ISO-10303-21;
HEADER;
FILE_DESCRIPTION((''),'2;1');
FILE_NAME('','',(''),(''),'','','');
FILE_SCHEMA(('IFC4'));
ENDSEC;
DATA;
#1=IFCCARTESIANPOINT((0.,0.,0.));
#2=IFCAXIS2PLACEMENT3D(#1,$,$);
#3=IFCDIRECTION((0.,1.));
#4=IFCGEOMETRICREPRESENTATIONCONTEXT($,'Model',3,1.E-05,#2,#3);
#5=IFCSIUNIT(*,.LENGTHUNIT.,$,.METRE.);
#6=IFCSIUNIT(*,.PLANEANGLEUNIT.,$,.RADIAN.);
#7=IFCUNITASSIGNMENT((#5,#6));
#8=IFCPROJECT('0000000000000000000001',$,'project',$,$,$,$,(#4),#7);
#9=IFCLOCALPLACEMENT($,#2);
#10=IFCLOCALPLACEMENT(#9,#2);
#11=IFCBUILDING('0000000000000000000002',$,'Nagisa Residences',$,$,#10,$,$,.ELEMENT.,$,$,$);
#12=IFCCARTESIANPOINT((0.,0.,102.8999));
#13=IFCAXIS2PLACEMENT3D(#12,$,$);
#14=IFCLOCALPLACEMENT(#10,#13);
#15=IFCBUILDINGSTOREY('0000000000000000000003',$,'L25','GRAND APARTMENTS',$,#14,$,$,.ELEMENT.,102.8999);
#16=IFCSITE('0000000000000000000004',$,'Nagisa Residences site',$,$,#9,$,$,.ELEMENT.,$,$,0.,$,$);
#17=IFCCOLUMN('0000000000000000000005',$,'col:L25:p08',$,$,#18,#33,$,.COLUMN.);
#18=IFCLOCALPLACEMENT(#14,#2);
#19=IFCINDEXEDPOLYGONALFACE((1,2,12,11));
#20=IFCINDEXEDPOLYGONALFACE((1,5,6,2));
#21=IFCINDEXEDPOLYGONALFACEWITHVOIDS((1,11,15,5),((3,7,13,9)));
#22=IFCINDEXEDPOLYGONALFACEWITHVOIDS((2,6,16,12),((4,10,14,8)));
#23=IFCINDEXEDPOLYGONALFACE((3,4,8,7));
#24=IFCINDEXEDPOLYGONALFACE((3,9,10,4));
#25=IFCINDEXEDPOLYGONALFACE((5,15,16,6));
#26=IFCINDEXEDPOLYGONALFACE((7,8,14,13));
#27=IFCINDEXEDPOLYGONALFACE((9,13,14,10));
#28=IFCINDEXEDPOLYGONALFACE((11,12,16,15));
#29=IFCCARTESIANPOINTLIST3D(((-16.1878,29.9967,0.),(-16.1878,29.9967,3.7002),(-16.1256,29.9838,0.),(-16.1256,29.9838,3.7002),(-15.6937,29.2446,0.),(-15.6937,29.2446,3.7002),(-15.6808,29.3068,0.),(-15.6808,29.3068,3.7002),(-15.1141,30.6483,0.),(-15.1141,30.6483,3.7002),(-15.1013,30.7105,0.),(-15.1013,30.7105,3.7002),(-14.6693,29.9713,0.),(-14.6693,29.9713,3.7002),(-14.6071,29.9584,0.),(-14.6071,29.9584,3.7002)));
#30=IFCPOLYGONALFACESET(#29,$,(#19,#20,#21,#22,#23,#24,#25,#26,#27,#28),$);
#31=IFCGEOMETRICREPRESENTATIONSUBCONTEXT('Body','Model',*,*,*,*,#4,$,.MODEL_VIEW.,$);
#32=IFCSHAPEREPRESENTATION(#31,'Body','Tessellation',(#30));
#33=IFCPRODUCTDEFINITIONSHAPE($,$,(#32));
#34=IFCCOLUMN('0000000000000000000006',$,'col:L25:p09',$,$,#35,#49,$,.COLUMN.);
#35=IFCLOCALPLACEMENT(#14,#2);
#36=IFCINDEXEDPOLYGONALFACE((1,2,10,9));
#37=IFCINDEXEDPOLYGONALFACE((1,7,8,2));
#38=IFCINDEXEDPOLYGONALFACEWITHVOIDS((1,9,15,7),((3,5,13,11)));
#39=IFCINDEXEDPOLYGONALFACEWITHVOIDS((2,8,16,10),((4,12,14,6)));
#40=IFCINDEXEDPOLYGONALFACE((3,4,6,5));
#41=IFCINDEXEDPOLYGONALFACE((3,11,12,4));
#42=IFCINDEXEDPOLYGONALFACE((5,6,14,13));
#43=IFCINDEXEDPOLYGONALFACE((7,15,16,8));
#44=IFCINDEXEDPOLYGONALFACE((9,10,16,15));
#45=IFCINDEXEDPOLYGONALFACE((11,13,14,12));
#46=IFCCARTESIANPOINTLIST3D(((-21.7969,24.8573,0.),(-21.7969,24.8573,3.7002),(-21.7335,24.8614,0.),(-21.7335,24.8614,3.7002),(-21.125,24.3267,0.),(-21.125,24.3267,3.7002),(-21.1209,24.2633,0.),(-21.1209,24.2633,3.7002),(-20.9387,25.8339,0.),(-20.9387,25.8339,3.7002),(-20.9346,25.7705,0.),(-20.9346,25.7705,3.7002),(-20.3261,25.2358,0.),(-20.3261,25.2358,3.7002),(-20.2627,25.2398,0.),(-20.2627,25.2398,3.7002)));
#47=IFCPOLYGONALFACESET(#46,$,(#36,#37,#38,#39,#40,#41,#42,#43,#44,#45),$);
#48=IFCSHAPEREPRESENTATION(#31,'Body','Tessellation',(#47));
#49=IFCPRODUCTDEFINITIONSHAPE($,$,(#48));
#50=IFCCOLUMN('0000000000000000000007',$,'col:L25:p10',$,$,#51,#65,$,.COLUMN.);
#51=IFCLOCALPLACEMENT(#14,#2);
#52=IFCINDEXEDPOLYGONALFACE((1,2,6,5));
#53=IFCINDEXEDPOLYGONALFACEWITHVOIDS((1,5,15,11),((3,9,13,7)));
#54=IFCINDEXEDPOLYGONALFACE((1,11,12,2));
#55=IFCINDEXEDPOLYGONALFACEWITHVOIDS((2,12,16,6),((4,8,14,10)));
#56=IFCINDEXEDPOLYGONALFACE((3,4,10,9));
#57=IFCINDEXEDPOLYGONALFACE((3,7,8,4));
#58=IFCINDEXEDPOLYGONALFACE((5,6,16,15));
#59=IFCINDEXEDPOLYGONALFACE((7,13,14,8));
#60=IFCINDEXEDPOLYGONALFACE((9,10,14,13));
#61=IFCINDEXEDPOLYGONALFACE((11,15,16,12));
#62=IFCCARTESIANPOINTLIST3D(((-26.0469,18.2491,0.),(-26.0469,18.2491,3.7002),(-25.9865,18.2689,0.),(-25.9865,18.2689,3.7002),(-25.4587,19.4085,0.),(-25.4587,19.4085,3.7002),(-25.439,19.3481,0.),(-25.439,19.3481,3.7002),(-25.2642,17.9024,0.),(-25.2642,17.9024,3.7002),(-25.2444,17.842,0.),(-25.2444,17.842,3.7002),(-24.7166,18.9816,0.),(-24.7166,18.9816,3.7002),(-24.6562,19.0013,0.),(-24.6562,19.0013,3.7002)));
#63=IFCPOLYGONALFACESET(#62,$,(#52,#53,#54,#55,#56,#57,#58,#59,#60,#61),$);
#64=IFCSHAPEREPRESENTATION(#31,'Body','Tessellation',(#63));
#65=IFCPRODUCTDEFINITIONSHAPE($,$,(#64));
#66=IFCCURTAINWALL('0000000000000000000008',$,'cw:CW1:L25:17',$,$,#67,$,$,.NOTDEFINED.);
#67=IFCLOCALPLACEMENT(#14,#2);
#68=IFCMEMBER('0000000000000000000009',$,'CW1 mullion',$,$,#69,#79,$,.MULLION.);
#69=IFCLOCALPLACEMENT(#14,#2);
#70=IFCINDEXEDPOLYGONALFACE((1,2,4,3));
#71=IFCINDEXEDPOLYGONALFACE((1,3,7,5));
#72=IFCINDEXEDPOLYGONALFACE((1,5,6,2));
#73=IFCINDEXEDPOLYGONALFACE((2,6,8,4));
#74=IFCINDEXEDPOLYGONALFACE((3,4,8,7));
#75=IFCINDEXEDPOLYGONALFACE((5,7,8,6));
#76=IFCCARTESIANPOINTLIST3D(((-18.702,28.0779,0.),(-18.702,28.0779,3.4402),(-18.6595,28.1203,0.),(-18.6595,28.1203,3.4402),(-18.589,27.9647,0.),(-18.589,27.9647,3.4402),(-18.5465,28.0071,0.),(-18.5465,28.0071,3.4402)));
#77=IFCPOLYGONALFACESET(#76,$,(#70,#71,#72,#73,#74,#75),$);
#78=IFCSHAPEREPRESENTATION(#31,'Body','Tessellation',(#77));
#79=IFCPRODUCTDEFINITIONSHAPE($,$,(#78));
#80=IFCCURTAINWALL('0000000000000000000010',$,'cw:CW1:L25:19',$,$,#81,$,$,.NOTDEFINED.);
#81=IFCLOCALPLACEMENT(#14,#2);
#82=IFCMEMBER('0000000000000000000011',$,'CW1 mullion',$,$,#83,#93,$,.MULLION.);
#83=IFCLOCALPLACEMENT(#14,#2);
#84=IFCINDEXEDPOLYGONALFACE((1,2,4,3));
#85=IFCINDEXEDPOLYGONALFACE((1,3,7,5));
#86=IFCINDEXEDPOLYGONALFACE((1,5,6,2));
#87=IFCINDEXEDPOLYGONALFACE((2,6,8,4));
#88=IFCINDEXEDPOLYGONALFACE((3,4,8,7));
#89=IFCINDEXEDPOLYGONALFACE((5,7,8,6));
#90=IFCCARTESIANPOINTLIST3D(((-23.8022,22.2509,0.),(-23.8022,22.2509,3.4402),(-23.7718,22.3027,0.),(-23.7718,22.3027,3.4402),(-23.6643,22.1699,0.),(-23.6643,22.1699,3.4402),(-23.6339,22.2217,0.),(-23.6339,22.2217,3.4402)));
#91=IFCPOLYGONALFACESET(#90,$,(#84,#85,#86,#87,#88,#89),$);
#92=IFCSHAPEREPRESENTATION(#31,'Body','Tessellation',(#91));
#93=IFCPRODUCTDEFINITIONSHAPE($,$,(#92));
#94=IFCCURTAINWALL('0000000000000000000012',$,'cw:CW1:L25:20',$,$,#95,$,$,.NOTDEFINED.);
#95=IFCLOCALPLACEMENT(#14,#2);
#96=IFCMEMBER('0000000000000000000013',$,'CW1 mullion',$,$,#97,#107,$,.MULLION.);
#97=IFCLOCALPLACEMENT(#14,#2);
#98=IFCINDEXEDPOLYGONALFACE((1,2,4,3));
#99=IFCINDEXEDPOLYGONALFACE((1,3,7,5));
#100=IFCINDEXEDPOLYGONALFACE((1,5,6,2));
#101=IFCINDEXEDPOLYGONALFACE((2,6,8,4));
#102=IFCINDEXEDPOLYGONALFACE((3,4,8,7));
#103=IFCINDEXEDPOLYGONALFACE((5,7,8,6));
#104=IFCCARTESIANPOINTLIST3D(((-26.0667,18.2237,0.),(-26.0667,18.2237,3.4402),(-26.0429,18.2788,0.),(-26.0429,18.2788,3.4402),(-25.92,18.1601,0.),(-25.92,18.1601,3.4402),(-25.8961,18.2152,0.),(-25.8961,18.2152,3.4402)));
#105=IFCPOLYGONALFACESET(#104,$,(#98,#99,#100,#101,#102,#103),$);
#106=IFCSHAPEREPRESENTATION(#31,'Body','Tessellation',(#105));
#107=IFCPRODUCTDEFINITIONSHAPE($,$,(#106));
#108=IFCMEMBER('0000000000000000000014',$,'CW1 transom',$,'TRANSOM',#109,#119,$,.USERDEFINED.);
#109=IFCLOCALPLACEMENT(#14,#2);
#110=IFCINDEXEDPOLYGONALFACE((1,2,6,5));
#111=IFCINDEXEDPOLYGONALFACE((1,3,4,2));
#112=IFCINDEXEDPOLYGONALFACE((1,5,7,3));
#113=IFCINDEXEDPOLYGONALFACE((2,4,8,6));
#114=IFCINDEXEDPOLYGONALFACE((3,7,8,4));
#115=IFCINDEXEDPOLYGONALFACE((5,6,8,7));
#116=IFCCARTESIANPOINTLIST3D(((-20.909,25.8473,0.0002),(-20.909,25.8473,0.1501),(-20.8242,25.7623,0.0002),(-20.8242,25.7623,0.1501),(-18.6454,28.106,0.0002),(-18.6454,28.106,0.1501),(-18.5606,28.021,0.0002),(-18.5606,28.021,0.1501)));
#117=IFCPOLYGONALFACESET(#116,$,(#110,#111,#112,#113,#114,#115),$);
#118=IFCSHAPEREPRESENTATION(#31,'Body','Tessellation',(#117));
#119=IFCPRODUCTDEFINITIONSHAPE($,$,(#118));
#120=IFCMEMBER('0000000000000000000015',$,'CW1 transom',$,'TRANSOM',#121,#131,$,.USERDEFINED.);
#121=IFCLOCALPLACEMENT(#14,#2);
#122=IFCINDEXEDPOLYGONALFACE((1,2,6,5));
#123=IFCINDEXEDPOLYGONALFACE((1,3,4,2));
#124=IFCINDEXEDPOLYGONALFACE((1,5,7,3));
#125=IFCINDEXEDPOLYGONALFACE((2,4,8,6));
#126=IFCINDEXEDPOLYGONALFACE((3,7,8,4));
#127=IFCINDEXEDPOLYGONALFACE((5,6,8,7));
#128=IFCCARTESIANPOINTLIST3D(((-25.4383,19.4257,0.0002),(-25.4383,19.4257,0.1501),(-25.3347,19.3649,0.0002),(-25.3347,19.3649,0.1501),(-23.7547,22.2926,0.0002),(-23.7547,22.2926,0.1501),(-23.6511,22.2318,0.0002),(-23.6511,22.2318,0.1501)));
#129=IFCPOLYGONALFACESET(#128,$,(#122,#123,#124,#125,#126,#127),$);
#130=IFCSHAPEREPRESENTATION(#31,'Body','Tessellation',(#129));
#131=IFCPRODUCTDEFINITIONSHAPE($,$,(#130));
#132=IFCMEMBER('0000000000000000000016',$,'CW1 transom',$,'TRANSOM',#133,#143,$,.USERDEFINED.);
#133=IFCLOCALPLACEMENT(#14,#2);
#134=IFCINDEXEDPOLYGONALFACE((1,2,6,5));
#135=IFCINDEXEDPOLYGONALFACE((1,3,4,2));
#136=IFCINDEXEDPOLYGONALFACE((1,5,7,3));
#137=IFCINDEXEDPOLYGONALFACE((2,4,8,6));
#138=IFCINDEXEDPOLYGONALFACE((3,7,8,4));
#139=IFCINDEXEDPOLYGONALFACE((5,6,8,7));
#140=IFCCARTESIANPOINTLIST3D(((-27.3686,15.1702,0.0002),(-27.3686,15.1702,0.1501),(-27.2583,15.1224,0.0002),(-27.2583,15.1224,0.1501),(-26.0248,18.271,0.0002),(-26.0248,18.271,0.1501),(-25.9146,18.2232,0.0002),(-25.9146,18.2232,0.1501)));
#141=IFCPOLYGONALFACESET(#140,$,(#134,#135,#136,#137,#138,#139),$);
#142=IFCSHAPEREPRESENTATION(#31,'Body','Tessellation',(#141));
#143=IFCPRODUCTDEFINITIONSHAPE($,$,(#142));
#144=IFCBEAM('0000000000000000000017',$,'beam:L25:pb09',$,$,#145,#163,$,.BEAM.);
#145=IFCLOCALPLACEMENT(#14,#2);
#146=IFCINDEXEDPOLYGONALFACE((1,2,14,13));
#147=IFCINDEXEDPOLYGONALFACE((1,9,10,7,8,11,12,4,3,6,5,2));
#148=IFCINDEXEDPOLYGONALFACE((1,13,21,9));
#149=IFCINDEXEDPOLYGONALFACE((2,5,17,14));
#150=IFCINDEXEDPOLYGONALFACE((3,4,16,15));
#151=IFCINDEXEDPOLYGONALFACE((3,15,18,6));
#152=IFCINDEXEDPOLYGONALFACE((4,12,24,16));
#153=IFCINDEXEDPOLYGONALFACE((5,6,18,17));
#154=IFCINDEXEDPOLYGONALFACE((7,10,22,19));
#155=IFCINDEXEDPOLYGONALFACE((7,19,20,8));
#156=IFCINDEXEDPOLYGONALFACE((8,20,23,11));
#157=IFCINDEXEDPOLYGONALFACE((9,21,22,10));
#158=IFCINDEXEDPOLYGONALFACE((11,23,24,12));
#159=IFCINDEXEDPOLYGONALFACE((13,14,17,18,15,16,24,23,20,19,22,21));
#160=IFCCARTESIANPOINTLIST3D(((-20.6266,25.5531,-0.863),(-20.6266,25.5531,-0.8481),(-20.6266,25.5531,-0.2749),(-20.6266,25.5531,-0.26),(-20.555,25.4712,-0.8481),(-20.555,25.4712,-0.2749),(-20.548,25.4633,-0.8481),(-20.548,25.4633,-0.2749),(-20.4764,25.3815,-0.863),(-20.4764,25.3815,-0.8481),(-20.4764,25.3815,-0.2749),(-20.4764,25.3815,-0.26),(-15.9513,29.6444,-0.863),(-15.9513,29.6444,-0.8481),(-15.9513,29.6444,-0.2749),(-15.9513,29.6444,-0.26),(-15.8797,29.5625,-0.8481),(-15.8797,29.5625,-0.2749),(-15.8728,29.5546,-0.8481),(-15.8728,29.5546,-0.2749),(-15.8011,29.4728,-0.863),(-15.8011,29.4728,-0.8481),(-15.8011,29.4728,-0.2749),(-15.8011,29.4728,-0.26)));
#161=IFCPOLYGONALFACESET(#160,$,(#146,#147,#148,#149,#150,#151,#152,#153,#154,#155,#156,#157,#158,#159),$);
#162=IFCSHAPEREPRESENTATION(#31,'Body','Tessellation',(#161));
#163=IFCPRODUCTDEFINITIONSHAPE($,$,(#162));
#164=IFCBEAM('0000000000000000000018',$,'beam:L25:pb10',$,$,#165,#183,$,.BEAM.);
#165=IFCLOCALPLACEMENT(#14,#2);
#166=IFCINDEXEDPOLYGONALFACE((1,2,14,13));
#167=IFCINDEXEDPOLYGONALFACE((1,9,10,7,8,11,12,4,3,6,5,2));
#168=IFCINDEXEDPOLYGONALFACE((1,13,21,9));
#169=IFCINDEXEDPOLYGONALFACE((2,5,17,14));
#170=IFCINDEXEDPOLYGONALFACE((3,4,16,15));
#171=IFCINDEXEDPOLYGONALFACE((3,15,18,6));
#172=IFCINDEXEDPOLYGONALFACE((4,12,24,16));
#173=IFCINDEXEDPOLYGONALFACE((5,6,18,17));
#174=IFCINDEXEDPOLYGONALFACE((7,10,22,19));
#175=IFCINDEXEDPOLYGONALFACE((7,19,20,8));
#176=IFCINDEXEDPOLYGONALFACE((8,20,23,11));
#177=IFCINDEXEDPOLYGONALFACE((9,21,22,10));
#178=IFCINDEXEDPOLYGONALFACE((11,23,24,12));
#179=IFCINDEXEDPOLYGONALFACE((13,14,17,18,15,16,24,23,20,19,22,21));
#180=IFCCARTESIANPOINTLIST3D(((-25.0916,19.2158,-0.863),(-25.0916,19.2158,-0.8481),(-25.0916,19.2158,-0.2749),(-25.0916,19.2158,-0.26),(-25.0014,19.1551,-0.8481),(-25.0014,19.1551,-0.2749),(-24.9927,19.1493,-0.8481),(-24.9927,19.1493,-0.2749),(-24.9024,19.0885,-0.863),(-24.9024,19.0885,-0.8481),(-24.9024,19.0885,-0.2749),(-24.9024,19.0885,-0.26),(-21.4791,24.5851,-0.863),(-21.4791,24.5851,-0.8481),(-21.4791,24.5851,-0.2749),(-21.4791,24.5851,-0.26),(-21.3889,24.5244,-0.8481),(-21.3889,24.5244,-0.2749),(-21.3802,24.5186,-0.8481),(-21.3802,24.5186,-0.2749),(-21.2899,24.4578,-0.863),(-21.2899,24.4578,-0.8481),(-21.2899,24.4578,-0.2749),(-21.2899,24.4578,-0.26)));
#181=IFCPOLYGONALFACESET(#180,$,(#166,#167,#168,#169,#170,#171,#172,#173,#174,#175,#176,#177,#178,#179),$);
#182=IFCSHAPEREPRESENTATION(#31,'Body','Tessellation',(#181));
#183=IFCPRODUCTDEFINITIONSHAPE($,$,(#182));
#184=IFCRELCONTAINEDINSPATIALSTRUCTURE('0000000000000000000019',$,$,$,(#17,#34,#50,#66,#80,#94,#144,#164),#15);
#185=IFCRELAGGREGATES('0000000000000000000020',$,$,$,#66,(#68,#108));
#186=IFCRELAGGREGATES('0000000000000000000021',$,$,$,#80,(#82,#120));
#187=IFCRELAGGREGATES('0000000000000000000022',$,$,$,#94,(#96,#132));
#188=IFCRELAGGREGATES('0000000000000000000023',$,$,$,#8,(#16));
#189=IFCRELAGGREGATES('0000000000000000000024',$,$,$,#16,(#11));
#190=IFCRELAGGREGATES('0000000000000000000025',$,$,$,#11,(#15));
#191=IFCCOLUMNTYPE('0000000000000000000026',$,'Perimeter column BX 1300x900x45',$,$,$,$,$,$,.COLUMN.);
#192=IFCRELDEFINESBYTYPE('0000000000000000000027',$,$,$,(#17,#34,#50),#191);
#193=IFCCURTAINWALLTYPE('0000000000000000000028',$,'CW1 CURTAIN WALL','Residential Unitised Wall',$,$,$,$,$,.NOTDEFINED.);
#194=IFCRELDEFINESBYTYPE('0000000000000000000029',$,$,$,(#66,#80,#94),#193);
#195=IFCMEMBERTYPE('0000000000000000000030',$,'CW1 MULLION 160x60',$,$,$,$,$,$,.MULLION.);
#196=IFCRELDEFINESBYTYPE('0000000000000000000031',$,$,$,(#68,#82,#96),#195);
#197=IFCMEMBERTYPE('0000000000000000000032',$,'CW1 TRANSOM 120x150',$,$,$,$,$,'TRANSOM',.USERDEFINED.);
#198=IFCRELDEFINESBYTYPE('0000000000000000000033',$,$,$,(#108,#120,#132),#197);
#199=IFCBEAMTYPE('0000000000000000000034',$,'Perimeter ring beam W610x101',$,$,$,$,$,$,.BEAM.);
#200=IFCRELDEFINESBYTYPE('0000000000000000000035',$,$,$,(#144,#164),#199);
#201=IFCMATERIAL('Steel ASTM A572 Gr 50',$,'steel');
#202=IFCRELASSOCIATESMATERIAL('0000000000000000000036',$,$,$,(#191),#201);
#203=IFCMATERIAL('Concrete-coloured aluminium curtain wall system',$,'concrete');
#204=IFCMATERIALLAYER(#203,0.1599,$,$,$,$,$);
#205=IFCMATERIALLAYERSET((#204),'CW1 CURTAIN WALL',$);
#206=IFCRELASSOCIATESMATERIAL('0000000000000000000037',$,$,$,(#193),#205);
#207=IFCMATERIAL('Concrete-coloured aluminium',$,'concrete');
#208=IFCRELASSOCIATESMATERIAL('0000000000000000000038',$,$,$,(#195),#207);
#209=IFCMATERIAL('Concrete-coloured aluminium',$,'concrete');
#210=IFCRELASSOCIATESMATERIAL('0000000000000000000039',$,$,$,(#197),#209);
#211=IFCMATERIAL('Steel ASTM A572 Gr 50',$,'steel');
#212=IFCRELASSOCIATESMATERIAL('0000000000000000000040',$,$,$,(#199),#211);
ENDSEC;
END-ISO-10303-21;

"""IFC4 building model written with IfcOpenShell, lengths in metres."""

from ifc_helpers import new_model, si_unit, direction, frame, origin, origin_2d, place, context, subcontext, project, spatial, rectangle, hollow_rectangle, i_section, extrude, material, layer, layer_set, material_profile, profile_set, type_object, element, aggregate, save


model = new_model("IFC4")

# Units and contexts
model_context = context("Model", 3, precision=1e-05, world=origin(), true_north=direction((0.0, 1.0)))
body_context = subcontext(model_context, "Body", "Model", "MODEL_VIEW")
ifc_project = project(units=[si_unit("LENGTHUNIT", "METRE"), si_unit("PLANEANGLEUNIT", "RADIAN")], contexts=[model_context])

# Site, building, storey
site_placement = place(None, origin())
site = spatial("IfcSite", under=ifc_project, at=site_placement, Name="Nagisa Residences site", CompositionType="ELEMENT", RefElevation=0.0)
building_placement = place(site_placement, origin())
building = spatial("IfcBuilding", under=site, at=building_placement, Name="Nagisa Residences", CompositionType="ELEMENT")
storey_placement = place(building_placement, frame((0.0, 0.0, 102.8999)))
storey = spatial("IfcBuildingStorey", under=building, at=storey_placement, Name="L25", Description="GRAND APARTMENTS", CompositionType="ELEMENT", Elevation=102.8999)

# Columns
ifc_material_1 = material(Name="Steel ASTM A572 Gr 50", Category="steel")
ifc_material_profile_1 = material_profile(ifc_material_1, hollow_rectangle(XDim=1.3, YDim=0.8999, WallThickness=0.0449, at=origin_2d()), Name="BX 1300x900x45")
ifc_profile_set_1 = profile_set([ifc_material_profile_1], Name="Steel ASTM A572 Gr 50")
column_type = type_object("IfcColumnType", Name="Perimeter column BX 1300x900x45", PredefinedType="COLUMN", material=ifc_profile_set_1)
for number, where, z_axis, x_axis, name in (
    (1, (-15.3975, 29.9775, 0.0), (0.0, 0.0, 1.0), (-0.835766, -0.549086, 0.0), "col:L25:p08"),
    (2, (-21.0298, 25.0486, 0.0), (0.0, 0.0, 1.0), (-0.660115, -0.751165, 0.0), "col:L25:p09"),
    (3, (-25.3516, 18.6252, 0.0), (0.0, 0.0, 1.0), (-0.452463, -0.891783, 0.0), "col:L25:p10"),
):
    element("IfcColumn", number, at=place(storey_placement, frame(where, z_axis=z_axis, x_axis=x_axis)), inside=storey, type_object=column_type, Name=name, PredefinedType="COLUMN", context=body_context, shape_type="SweptSolid", body=[
        extrude(hollow_rectangle(XDim=1.3, YDim=0.8999, WallThickness=0.0449, at=origin_2d()), origin(), (0.0, 0.0, 1.0), 3.7002),
    ])

# Curtain walls, members
ifc_material_2 = material(Name="Concrete-coloured aluminium curtain wall system", Category="concrete")
ifc_layer_1 = layer(ifc_material_2, 0.1599)
ifc_layer_set_1 = layer_set([ifc_layer_1], Name="CW1 CURTAIN WALL")
curtain_wall_type = type_object("IfcCurtainWallType", Name="CW1 CURTAIN WALL", Description="Residential Unitised Wall", PredefinedType="NOTDEFINED", material=ifc_layer_set_1)
curtain_wall_1_placement = place(storey_placement, origin())
curtain_wall_1 = element("IfcCurtainWall", 4, at=curtain_wall_1_placement, inside=storey, type_object=curtain_wall_type, Name="cw:CW1:L25:17", PredefinedType="NOTDEFINED")
ifc_material_3 = material(Name="Concrete-coloured aluminium", Category="concrete")
ifc_material_profile_2 = material_profile(ifc_material_3, rectangle(XDim=0.1599, YDim=0.0601, at=origin_2d()), Name="CW1 MULLION 160x60")
ifc_profile_set_2 = profile_set([ifc_material_profile_2], Name="Concrete-coloured aluminium")
member_type_1 = type_object("IfcMemberType", Name="CW1 MULLION 160x60", PredefinedType="MULLION", material=ifc_profile_set_2)
member_1_placement = place(storey_placement, frame((-18.6243, 28.0425, 0.0), z_axis=(0.0, 0.0, 1.0), x_axis=(0.706377, -0.707836, 0.0)))
member_1 = element("IfcMember", 5, at=member_1_placement, type_object=member_type_1, Name="CW1 mullion", PredefinedType="MULLION", context=body_context, shape_type="SweptSolid", body=[
    extrude(rectangle(XDim=0.1599, YDim=0.0601, at=origin_2d()), origin(), (0.0, 0.0, 1.0), 3.4402),
])
curtain_wall_2_placement = place(storey_placement, origin())
curtain_wall_2 = element("IfcCurtainWall", 6, at=curtain_wall_2_placement, inside=storey, type_object=curtain_wall_type, Name="cw:CW1:L25:19", PredefinedType="NOTDEFINED")
member_2_placement = place(storey_placement, frame((-23.718, 22.2363, 0.0), z_axis=(0.0, 0.0, 1.0), x_axis=(0.862329, -0.506349, 0.0)))
member_2 = element("IfcMember", 7, at=member_2_placement, type_object=member_type_1, Name="CW1 mullion", PredefinedType="MULLION", context=body_context, shape_type="SweptSolid", body=[
    extrude(rectangle(XDim=0.1599, YDim=0.0601, at=origin_2d()), origin(), (0.0, 0.0, 1.0), 3.4402),
])
curtain_wall_3_placement = place(storey_placement, origin())
curtain_wall_3 = element("IfcCurtainWall", 8, at=curtain_wall_3_placement, inside=storey, type_object=curtain_wall_type, Name="cw:CW1:L25:20", PredefinedType="NOTDEFINED")
member_3_placement = place(storey_placement, frame((-25.9814, 18.2195, 0.0), z_axis=(0.0, 0.0, 1.0), x_axis=(0.917543, -0.397636, 0.0)))
member_3 = element("IfcMember", 9, at=member_3_placement, type_object=member_type_1, Name="CW1 mullion", PredefinedType="MULLION", context=body_context, shape_type="SweptSolid", body=[
    extrude(rectangle(XDim=0.1599, YDim=0.0601, at=origin_2d()), origin(), (0.0, 0.0, 1.0), 3.4402),
])

# Members
ifc_material_4 = material(Name="Concrete-coloured aluminium", Category="concrete")
ifc_material_profile_3 = material_profile(ifc_material_4, rectangle(XDim=0.1201, YDim=0.1499, at=origin_2d()), Name="CW1 TRANSOM 120x150")
ifc_profile_set_3 = profile_set([ifc_material_profile_3], Name="Concrete-coloured aluminium")
member_type_2 = type_object("IfcMemberType", Name="CW1 TRANSOM 120x150", ElementType="TRANSOM", PredefinedType="USERDEFINED", material=ifc_profile_set_3)
member_4_placement = place(storey_placement, frame((-18.603, 28.0635, 0.0752), z_axis=(-0.70787, -0.706343, 0.0), x_axis=(0.706343, -0.70787, 0.0)))
member_4 = element("IfcMember", 10, at=member_4_placement, type_object=member_type_2, Name="CW1 transom", ObjectType="TRANSOM", PredefinedType="USERDEFINED", context=body_context, shape_type="SweptSolid", body=[
    extrude(rectangle(XDim=0.1201, YDim=0.1499, at=origin_2d()), origin(), (0.0, 0.0, 1.0), 3.1978),
])
member_5_placement = place(storey_placement, frame((-23.7029, 22.2622, 0.0752), z_axis=(-0.506385, -0.862308, 0.0), x_axis=(0.862308, -0.506385, 0.0)))
member_5 = element("IfcMember", 11, at=member_5_placement, type_object=member_type_2, Name="CW1 transom", ObjectType="TRANSOM", PredefinedType="USERDEFINED", context=body_context, shape_type="SweptSolid", body=[
    extrude(rectangle(XDim=0.1201, YDim=0.1499, at=origin_2d()), origin(), (0.0, 0.0, 1.0), 3.3247),
])
member_6_placement = place(storey_placement, frame((-25.9697, 18.2471, 0.0752), z_axis=(-0.397622, -0.917549, 0.0), x_axis=(0.917549, -0.397622, 0.0)))
member_6 = element("IfcMember", 12, at=member_6_placement, type_object=member_type_2, Name="CW1 transom", ObjectType="TRANSOM", PredefinedType="USERDEFINED", context=body_context, shape_type="SweptSolid", body=[
    extrude(rectangle(XDim=0.1201, YDim=0.1499, at=origin_2d()), origin(), (0.0, 0.0, 1.0), 3.3794),
])

# Beams
ifc_material_5 = material(Name="Steel ASTM A572 Gr 50", Category="steel")
ifc_material_profile_4 = material_profile(ifc_material_5, i_section(OverallWidth=0.228, OverallDepth=0.603, WebThickness=0.0105, FlangeThickness=0.0149, at=origin_2d()), Name="W610x101")
ifc_profile_set_4 = profile_set([ifc_material_profile_4], Name="Steel ASTM A572 Gr 50")
beam_type_1 = type_object("IfcBeamType", Name="Perimeter ring beam W610x101", PredefinedType="BEAM", material=ifc_profile_set_4)
beam_1_placement = place(storey_placement, frame((-15.8762, 29.5586, -0.5615), z_axis=(-0.752543, -0.658544, 0.0), x_axis=(0.658544, -0.752543, 0.0)))
element("IfcBeam", 13, at=beam_1_placement, inside=storey, type_object=beam_type_1, Name="beam:L25:pb09", PredefinedType="BEAM", context=body_context, shape_type="SweptSolid", body=[
    extrude(i_section(OverallWidth=0.228, OverallDepth=0.603, WebThickness=0.0105, FlangeThickness=0.0149, at=origin_2d()), origin(), (0.0, 0.0, 1.0), 6.2126),
])
beam_2_placement = place(storey_placement, frame((-21.3845, 24.5215, -0.5615), z_axis=(-0.558221, -0.829692, 0.0), x_axis=(0.829692, -0.558221, 0.0)))
element("IfcBeam", 14, at=beam_2_placement, inside=storey, type_object=beam_type_1, Name="beam:L25:pb10", PredefinedType="BEAM", context=body_context, shape_type="SweptSolid", body=[
    extrude(i_section(OverallWidth=0.228, OverallDepth=0.603, WebThickness=0.0105, FlangeThickness=0.0149, at=origin_2d()), origin(), (0.0, 0.0, 1.0), 6.4714),
])

aggregate(curtain_wall_1, [member_1, member_4])
aggregate(curtain_wall_2, [member_2, member_5])
aggregate(curtain_wall_3, [member_3, member_6])

save(model, "model.ifc")
